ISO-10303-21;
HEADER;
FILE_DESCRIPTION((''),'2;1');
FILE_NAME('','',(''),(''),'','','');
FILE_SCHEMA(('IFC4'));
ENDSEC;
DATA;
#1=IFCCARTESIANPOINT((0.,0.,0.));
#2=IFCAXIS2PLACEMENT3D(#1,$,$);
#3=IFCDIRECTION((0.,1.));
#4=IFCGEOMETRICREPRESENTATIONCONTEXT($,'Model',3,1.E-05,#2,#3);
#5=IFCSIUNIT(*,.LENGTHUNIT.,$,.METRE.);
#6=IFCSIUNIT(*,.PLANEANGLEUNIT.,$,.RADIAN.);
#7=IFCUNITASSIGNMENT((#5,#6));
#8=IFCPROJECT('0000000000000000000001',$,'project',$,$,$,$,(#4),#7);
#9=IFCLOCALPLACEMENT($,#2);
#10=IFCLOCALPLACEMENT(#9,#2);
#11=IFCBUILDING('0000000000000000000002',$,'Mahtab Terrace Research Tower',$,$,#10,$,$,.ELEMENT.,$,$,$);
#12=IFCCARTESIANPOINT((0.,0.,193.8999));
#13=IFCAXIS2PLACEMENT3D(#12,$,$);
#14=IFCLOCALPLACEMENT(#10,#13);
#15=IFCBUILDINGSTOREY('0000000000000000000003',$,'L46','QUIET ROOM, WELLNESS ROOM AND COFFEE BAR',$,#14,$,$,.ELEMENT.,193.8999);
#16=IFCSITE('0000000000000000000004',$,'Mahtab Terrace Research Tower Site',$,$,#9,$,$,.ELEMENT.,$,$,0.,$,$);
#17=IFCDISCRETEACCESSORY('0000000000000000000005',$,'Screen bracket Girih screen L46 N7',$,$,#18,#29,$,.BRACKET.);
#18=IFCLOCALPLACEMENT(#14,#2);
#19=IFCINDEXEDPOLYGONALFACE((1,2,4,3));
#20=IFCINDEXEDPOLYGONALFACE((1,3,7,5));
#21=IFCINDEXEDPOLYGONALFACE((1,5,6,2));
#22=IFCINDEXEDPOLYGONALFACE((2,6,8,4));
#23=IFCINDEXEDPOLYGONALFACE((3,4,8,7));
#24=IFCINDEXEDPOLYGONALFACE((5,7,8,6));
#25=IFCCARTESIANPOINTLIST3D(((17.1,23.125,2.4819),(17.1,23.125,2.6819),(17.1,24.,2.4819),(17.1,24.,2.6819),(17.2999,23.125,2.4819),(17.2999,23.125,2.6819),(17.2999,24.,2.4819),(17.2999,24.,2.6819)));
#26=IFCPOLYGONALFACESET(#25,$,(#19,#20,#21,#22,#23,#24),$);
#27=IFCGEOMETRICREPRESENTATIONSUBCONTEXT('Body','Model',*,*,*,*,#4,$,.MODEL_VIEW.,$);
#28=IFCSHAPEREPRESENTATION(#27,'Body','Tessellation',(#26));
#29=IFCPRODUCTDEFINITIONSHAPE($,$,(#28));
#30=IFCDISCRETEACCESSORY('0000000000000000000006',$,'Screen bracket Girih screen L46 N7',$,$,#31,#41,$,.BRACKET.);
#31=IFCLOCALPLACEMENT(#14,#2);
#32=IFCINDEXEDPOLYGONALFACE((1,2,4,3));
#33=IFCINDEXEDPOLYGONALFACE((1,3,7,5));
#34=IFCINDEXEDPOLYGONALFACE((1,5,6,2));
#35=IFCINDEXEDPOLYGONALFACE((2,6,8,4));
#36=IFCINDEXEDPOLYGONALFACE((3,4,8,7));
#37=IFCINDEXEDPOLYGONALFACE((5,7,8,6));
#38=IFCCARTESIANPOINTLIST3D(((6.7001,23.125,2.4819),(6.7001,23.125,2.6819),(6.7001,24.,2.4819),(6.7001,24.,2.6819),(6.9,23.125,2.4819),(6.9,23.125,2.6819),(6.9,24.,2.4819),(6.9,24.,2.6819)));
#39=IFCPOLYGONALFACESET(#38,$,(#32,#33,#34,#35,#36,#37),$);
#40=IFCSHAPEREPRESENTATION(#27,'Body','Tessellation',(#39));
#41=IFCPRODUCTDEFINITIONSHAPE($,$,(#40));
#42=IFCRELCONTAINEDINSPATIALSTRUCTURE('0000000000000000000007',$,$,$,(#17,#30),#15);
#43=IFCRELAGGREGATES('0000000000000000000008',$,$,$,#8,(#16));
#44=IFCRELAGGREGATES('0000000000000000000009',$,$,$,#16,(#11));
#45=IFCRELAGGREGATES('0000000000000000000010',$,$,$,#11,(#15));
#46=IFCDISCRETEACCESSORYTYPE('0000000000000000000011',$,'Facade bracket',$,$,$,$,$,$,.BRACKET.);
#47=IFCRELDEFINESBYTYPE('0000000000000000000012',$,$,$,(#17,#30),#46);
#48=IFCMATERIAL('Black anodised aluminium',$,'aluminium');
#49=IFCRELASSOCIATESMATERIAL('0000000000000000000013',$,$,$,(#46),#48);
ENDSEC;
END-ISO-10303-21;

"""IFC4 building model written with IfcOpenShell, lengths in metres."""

from ifc_helpers import new_model, si_unit, direction, frame, origin, origin_2d, place, context, subcontext, project, spatial, rectangle, extrude, material, type_object, element, save


model = new_model("IFC4")

# Units and contexts
model_context = context("Model", 3, precision=1e-05, world=origin(), true_north=direction((0.0, 1.0)))
body_context = subcontext(model_context, "Body", "Model", "MODEL_VIEW")
ifc_project = project(units=[si_unit("LENGTHUNIT", "METRE"), si_unit("PLANEANGLEUNIT", "RADIAN")], contexts=[model_context])

# Site, building, storey
site_placement = place(None, origin())
site = spatial("IfcSite", under=ifc_project, at=site_placement, Name="Mahtab Terrace Research Tower Site", CompositionType="ELEMENT", RefElevation=0.0)
building_placement = place(site_placement, origin())
building = spatial("IfcBuilding", under=site, at=building_placement, Name="Mahtab Terrace Research Tower", CompositionType="ELEMENT")
storey_placement = place(building_placement, frame((0.0, 0.0, 193.8999)))
storey = spatial("IfcBuildingStorey", under=building, at=storey_placement, Name="L46", Description="QUIET ROOM, WELLNESS ROOM AND COFFEE BAR", CompositionType="ELEMENT", Elevation=193.8999)

# Discrete accessories
ifc_material_1 = material(Name="Black anodised aluminium", Category="aluminium")
discrete_accessory_type = type_object("IfcDiscreteAccessoryType", Name="Facade bracket", PredefinedType="BRACKET", material=ifc_material_1)
for number, where, z_axis, x_axis, name in (
    (1, (17.2, 23.5625, 2.4819), (0.0, 0.0, 1.0), (-1.0, 0.0, 0.0), "Screen bracket Girih screen L46 N7"),
    (2, (6.8, 23.5625, 2.4819), (0.0, 0.0, 1.0), (-1.0, 0.0, 0.0), "Screen bracket Girih screen L46 N7"),
):
    element("IfcDiscreteAccessory", number, at=place(storey_placement, frame(where, z_axis=z_axis, x_axis=x_axis)), inside=storey, type_object=discrete_accessory_type, Name=name, PredefinedType="BRACKET", context=body_context, shape_type="SweptSolid", body=[
        extrude(rectangle(XDim=0.2, YDim=0.875, at=origin_2d()), origin(), (0.0, 0.0, 1.0), 0.2),
    ])

save(model, "model.ifc")
